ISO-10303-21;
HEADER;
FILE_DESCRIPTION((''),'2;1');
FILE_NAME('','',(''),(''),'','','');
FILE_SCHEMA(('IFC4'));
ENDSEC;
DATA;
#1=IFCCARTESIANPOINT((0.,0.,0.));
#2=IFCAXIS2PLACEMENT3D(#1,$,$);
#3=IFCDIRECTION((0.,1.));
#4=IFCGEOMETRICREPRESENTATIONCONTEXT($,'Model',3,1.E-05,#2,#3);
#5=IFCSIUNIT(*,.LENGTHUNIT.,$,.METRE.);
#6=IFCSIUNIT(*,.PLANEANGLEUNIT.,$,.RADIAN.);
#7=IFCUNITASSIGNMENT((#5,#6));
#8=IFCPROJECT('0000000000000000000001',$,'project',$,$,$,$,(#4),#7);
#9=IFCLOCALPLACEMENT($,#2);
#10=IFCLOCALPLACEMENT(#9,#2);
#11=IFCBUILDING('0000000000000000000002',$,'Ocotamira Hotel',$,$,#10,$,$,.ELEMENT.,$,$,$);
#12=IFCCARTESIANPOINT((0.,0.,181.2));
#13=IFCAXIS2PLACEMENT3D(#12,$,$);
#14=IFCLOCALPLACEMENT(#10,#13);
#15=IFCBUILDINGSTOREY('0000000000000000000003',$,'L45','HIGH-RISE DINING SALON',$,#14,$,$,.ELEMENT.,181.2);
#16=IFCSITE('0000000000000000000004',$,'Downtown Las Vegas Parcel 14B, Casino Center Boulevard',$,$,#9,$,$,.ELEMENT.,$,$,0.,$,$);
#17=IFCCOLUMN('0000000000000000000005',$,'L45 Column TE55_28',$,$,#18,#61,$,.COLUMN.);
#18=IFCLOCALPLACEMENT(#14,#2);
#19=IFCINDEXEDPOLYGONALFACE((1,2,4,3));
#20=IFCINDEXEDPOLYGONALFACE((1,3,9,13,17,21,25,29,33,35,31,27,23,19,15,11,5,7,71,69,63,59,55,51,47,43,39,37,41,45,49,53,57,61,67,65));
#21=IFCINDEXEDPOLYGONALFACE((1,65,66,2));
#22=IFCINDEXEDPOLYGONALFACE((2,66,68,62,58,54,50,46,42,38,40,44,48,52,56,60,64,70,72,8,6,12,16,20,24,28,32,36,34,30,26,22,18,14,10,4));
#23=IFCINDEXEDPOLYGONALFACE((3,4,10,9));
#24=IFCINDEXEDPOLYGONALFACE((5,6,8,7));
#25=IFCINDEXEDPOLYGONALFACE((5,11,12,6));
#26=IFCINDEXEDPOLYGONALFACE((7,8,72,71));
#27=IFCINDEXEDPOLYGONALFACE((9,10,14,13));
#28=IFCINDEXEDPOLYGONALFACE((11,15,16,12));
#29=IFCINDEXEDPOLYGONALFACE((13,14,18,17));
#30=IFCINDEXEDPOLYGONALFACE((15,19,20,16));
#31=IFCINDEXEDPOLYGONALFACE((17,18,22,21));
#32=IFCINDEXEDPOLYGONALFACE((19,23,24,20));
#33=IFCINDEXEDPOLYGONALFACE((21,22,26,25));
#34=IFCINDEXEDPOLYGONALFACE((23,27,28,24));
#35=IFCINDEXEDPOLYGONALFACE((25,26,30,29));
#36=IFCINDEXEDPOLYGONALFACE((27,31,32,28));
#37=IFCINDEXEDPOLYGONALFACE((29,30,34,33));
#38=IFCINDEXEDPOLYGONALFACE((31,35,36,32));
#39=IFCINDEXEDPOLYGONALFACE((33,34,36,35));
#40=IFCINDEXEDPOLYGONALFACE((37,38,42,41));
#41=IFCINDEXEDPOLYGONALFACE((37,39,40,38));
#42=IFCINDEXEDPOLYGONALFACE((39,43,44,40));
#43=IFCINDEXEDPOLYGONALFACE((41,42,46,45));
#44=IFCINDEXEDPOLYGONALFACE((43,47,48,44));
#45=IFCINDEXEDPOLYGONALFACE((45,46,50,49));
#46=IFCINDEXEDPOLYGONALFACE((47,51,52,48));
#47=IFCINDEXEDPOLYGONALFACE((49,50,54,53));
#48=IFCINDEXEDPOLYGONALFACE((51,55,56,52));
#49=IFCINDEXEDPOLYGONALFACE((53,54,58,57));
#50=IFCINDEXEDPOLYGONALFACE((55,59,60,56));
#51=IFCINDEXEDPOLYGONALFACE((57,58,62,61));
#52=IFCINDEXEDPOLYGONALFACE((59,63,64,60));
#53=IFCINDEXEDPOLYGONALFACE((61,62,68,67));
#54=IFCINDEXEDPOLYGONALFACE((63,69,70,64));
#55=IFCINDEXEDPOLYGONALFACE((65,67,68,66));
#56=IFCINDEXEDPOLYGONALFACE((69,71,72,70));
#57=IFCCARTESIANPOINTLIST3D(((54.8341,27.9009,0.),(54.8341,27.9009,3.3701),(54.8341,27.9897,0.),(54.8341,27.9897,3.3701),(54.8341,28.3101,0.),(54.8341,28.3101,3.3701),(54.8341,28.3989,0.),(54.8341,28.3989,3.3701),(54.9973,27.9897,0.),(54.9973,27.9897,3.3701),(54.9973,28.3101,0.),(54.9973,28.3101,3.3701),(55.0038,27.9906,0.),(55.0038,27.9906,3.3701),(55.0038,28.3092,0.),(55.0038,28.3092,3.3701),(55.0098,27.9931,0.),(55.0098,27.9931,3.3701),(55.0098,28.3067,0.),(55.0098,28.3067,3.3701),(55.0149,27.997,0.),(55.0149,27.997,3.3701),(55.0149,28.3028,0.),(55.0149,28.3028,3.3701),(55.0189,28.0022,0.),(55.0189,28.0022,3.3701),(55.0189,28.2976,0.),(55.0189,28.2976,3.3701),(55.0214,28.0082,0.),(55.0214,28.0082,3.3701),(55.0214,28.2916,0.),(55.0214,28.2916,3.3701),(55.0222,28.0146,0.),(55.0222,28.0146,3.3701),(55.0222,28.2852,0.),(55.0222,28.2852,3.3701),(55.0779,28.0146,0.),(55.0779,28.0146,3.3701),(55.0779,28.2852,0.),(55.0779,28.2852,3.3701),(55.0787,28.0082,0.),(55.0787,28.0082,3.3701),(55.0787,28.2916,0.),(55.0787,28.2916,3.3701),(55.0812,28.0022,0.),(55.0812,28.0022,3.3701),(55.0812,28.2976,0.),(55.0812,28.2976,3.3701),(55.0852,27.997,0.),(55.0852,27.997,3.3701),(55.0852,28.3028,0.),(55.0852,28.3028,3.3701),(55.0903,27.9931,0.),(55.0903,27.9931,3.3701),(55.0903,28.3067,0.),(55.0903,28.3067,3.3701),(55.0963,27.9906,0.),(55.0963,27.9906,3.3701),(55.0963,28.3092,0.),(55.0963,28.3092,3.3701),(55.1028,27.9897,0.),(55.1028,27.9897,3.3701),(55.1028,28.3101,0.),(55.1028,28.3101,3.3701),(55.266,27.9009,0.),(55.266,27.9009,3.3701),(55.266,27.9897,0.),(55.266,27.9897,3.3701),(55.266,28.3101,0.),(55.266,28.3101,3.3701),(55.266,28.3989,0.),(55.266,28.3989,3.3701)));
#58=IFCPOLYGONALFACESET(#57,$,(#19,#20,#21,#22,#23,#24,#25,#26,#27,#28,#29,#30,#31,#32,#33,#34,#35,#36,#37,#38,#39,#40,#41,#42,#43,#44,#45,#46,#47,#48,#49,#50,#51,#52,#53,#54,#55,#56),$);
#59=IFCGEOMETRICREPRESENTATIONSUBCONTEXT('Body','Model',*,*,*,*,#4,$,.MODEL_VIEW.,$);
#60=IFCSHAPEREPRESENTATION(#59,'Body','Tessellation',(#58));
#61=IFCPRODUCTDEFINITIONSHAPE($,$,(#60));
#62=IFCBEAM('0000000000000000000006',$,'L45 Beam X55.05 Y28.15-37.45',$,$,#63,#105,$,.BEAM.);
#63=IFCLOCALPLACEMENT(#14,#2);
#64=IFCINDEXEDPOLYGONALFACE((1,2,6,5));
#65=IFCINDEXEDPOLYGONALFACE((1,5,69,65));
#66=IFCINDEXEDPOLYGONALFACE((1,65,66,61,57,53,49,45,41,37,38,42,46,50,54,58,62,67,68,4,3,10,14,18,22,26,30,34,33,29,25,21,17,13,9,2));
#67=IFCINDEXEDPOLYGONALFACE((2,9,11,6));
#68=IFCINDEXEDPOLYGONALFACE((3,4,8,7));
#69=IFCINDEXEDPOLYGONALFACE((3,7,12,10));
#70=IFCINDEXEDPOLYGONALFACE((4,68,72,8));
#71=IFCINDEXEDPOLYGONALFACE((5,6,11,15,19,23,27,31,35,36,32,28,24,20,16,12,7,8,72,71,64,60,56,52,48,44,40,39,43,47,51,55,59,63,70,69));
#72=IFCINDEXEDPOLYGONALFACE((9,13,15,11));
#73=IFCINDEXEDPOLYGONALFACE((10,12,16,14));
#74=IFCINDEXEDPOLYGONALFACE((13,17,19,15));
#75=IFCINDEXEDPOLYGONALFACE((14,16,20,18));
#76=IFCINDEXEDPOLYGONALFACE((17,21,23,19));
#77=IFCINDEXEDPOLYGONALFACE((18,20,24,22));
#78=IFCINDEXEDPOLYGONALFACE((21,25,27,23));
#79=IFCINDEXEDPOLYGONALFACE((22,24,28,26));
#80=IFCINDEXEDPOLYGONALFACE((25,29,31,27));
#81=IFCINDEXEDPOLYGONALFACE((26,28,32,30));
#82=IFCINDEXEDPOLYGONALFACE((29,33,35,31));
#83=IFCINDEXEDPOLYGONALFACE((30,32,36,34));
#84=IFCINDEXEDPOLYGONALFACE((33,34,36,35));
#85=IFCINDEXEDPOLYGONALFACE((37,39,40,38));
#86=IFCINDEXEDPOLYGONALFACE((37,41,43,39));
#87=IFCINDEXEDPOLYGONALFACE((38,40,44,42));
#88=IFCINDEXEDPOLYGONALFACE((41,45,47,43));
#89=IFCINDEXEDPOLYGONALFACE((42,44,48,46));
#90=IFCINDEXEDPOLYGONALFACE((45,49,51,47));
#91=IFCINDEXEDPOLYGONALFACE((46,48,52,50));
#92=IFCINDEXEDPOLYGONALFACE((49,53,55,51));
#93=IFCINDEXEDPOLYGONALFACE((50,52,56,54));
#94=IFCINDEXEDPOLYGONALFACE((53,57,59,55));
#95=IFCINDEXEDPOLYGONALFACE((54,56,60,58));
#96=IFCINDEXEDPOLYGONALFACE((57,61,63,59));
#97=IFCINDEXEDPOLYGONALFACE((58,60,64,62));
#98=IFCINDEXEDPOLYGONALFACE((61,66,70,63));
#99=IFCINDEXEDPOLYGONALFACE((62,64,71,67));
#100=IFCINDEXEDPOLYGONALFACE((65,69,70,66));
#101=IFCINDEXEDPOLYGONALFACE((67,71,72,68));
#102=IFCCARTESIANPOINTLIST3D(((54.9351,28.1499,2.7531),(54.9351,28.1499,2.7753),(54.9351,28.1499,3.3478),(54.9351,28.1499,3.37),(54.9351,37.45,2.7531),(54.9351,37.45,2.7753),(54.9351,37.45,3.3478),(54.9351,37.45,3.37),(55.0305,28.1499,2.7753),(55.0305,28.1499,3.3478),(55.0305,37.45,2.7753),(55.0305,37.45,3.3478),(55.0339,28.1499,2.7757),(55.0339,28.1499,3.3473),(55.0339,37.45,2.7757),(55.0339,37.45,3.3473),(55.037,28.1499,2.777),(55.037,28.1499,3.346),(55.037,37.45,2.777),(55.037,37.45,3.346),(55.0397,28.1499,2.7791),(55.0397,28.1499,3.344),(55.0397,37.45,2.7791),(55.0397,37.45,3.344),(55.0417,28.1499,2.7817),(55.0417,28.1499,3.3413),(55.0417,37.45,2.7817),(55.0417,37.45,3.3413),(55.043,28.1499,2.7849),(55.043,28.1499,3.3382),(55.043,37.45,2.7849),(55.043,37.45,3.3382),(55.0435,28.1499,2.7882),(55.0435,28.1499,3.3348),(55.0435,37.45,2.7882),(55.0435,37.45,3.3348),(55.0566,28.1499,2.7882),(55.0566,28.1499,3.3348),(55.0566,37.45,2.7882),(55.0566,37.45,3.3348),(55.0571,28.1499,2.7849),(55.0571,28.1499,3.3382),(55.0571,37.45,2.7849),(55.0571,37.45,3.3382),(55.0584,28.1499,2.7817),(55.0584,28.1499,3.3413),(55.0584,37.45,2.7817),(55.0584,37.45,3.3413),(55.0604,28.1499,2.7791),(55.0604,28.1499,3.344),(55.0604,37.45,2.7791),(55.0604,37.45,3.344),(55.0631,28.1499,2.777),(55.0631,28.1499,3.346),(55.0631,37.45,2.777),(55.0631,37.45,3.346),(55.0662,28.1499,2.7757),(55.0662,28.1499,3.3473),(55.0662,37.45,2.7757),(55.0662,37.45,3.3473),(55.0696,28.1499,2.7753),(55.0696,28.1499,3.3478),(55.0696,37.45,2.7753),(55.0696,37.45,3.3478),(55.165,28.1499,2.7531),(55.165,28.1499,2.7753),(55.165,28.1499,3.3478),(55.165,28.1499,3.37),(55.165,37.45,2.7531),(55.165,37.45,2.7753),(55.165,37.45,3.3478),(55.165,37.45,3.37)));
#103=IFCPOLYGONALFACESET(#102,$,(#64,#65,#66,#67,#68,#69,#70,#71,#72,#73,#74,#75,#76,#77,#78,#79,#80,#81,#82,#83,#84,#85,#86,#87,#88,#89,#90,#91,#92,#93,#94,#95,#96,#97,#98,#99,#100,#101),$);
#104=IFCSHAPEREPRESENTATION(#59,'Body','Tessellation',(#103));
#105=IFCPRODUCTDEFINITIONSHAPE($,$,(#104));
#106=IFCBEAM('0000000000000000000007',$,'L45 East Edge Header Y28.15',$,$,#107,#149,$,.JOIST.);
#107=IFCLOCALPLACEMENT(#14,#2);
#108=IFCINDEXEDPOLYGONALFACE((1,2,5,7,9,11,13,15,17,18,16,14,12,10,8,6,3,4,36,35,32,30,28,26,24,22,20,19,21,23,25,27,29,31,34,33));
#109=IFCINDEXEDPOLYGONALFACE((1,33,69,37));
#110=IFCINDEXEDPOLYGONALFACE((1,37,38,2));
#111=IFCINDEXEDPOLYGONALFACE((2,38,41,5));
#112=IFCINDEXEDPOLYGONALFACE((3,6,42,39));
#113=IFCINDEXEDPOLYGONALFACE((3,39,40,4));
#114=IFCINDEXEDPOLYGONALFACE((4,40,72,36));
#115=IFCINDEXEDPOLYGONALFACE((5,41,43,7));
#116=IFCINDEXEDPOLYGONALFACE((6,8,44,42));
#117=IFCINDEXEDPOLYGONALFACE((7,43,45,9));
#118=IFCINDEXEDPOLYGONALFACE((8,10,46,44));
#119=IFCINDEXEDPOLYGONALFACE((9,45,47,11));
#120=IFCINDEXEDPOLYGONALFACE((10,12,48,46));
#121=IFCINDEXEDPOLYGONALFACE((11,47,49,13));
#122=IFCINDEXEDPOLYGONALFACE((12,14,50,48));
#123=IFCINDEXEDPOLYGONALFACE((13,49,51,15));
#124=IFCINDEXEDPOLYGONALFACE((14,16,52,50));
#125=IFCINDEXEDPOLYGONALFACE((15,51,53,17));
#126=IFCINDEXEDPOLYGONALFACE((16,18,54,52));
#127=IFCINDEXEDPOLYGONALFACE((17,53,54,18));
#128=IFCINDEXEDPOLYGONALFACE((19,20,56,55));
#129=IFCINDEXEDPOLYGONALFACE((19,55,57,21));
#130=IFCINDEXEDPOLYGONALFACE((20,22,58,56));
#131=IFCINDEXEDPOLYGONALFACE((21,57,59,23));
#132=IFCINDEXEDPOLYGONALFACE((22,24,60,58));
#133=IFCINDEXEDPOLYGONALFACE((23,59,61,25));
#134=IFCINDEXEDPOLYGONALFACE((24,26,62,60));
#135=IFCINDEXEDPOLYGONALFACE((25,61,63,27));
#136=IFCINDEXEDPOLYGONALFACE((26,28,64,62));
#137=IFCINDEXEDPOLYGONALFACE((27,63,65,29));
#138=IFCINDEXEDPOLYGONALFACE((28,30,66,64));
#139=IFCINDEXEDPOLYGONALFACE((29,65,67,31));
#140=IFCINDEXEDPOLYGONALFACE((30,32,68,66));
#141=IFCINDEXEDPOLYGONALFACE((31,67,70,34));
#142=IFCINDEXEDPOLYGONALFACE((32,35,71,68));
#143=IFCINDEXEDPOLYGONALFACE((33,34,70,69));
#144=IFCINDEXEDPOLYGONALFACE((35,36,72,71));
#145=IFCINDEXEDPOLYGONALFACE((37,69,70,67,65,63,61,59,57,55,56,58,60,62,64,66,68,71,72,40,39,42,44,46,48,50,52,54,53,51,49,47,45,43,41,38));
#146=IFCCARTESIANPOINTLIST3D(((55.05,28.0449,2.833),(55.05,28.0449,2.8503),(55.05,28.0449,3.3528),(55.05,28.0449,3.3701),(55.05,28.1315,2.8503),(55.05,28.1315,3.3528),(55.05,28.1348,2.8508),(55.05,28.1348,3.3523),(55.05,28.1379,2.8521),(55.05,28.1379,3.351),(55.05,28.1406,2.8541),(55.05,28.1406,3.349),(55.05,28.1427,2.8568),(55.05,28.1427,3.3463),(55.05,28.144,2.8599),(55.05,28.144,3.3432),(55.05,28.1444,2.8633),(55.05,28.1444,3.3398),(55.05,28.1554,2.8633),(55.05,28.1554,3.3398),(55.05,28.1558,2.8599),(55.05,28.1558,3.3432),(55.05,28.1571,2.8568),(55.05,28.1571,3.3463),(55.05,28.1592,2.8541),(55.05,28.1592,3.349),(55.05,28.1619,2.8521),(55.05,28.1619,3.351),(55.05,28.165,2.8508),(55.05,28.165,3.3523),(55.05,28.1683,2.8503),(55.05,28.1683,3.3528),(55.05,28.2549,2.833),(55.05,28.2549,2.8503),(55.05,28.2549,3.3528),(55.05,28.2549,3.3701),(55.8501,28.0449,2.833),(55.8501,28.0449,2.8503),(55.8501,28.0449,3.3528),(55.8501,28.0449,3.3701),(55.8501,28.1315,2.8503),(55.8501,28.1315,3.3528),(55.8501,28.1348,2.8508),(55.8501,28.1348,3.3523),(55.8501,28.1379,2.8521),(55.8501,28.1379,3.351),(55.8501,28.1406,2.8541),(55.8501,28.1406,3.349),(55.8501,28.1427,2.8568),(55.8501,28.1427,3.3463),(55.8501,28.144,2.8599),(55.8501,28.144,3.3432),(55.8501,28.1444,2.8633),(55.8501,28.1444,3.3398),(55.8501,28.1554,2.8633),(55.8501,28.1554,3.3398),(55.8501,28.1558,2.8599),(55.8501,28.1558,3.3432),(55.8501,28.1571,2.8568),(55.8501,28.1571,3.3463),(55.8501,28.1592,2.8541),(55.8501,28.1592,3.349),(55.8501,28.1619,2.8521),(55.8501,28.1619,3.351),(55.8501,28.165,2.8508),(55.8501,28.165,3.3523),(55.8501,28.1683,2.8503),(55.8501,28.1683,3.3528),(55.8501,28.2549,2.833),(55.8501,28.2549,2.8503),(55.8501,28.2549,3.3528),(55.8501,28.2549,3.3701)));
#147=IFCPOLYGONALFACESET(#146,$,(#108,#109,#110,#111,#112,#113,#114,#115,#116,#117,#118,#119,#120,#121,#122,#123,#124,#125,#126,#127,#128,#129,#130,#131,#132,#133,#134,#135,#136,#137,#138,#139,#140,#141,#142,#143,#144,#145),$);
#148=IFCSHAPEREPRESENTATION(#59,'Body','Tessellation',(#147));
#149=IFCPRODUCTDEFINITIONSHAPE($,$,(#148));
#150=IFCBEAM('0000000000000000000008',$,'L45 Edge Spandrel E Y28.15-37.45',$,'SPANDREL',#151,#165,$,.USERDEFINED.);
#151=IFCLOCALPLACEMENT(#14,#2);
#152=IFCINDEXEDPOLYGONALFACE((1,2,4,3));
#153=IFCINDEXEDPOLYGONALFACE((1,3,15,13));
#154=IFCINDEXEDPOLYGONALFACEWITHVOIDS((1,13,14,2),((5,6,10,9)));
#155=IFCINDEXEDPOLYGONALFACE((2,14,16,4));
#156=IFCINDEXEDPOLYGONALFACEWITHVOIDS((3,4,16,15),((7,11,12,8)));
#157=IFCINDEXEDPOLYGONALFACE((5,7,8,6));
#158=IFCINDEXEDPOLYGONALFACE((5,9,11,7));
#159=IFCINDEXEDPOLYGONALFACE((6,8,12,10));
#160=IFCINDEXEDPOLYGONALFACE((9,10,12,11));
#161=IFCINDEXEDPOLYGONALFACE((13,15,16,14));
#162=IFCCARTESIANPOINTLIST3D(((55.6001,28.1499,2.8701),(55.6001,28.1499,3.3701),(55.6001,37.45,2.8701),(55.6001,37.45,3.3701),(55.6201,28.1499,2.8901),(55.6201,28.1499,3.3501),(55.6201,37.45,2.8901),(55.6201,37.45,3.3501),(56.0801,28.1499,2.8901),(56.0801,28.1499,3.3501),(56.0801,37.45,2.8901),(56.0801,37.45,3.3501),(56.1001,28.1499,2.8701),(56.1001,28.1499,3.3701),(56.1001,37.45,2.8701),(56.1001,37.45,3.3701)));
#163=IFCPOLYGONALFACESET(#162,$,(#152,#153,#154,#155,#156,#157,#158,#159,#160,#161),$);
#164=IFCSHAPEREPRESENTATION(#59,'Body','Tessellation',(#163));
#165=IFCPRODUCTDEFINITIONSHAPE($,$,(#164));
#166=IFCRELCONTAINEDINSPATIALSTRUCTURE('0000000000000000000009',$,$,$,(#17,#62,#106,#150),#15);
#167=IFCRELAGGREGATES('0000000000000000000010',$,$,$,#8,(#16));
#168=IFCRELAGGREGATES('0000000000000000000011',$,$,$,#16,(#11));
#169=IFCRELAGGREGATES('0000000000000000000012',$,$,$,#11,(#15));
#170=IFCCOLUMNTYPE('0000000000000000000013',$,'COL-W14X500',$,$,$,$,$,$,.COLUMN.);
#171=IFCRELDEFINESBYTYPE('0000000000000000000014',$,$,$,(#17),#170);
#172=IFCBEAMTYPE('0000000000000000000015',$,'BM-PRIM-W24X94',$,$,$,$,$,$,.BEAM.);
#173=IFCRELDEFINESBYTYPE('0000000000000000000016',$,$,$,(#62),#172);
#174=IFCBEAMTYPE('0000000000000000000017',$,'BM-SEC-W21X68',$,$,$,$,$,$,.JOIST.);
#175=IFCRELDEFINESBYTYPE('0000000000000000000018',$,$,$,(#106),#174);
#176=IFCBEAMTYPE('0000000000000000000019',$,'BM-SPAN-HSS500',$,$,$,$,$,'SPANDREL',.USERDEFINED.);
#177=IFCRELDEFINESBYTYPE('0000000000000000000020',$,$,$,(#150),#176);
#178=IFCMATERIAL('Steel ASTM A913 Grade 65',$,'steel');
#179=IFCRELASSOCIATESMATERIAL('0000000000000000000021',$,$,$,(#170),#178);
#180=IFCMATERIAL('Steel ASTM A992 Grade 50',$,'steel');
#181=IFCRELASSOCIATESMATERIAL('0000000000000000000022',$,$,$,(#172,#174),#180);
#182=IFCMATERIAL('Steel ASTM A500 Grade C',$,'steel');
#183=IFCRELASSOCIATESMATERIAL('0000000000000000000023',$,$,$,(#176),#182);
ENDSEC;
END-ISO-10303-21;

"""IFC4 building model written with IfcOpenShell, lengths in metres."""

from ifc_helpers import new_model, si_unit, direction, frame, origin, origin_2d, place, context, subcontext, project, spatial, hollow_rectangle, i_section, extrude, source, transform, mapped, material, material_profile, profile_set, type_object, element, save


model = new_model("IFC4")

# Units and contexts
model_context = context("Model", 3, precision=1e-05, world=origin(), true_north=direction((0.0, 1.0)))
body_context = subcontext(model_context, "Body", "Model", "MODEL_VIEW")
ifc_project = project(units=[si_unit("LENGTHUNIT", "METRE"), si_unit("PLANEANGLEUNIT", "RADIAN")], contexts=[model_context])

# Site, building, storey
site_placement = place(None, origin())
site = spatial("IfcSite", under=ifc_project, at=site_placement, Name="Downtown Las Vegas Parcel 14B, Casino Center Boulevard", CompositionType="ELEMENT", RefElevation=0.0)
building_placement = place(site_placement, origin())
building = spatial("IfcBuilding", under=site, at=building_placement, Name="Ocotamira Hotel", CompositionType="ELEMENT")
storey_placement = place(building_placement, frame((0.0, 0.0, 181.2)))
storey = spatial("IfcBuildingStorey", under=building, at=storey_placement, Name="L45", Description="HIGH-RISE DINING SALON", CompositionType="ELEMENT", Elevation=181.2)

# Column
ifc_material_1 = material(Name="Steel ASTM A913 Grade 65", Category="steel")
ifc_material_profile_1 = material_profile(ifc_material_1, i_section(OverallWidth=0.4319, OverallDepth=0.498, WebThickness=0.0557, FlangeThickness=0.0889, FilletRadius=0.0249, at=origin_2d()), Name="W14X500")
ifc_profile_set_1 = profile_set([ifc_material_profile_1], Name="Steel ASTM A913 Grade 65")
column_type = type_object("IfcColumnType", Name="COL-W14X500", PredefinedType="COLUMN", material=ifc_profile_set_1)
shared_shape_1 = source(origin(), body_context, "Body", "SweptSolid", [
    extrude(i_section(OverallWidth=0.4319, OverallDepth=0.498, WebThickness=0.0557, FlangeThickness=0.0889, FilletRadius=0.0249, at=origin_2d()), origin(), (0.0, 0.0, 1.0), 3.3701),
])
column_placement = place(storey_placement, frame((55.05, 28.1499, 0.0), z_axis=(0.0, 0.0, 1.0), x_axis=(1.0, 0.0, 0.0)))
element("IfcColumn", 1, at=column_placement, inside=storey, type_object=column_type, Name="L45 Column TE55_28", PredefinedType="COLUMN", context=body_context, shape_type="MappedRepresentation", body=[
    mapped(shared_shape_1, transform((0.0, 0.0, 0.0), scale=1.0)),
])

# Beams
ifc_material_2 = material(Name="Steel ASTM A992 Grade 50", Category="steel")
ifc_material_profile_2 = material_profile(ifc_material_2, i_section(OverallWidth=0.23, OverallDepth=0.6169, WebThickness=0.0132, FlangeThickness=0.0222, FilletRadius=0.0129, at=origin_2d()), Name="W24X94")
ifc_profile_set_2 = profile_set([ifc_material_profile_2], Name="Steel ASTM A992 Grade 50")
beam_type_1 = type_object("IfcBeamType", Name="BM-PRIM-W24X94", PredefinedType="BEAM", material=ifc_profile_set_2)
shared_shape_2 = source(origin(), body_context, "Body", "SweptSolid", [
    extrude(i_section(OverallWidth=0.23, OverallDepth=0.6169, WebThickness=0.0132, FlangeThickness=0.0222, FilletRadius=0.0129, at=origin_2d()), origin(), (0.0, 0.0, 1.0), 9.3),
])
beam_1_placement = place(storey_placement, frame((55.05, 28.1499, 3.0615), z_axis=(0.0, 1.0, 0.0), x_axis=(-1.0, 0.0, 0.0)))
element("IfcBeam", 2, at=beam_1_placement, inside=storey, type_object=beam_type_1, Name="L45 Beam X55.05 Y28.15-37.45", PredefinedType="BEAM", context=body_context, shape_type="MappedRepresentation", body=[
    mapped(shared_shape_2, transform((0.0, 0.0, 0.0), scale=1.0)),
])
ifc_material_profile_3 = material_profile(ifc_material_2, i_section(OverallWidth=0.21, OverallDepth=0.5371, WebThickness=0.011, FlangeThickness=0.0173, FilletRadius=0.0129, at=origin_2d()), Name="W21X68")
ifc_profile_set_3 = profile_set([ifc_material_profile_3], Name="Steel ASTM A992 Grade 50")
beam_type_2 = type_object("IfcBeamType", Name="BM-SEC-W21X68", PredefinedType="JOIST", material=ifc_profile_set_3)
shared_shape_3 = source(origin(), body_context, "Body", "SweptSolid", [
    extrude(i_section(OverallWidth=0.21, OverallDepth=0.5371, WebThickness=0.011, FlangeThickness=0.0173, FilletRadius=0.0129, at=origin_2d()), origin(), (0.0, 0.0, 1.0), 0.8),
])
beam_2_placement = place(storey_placement, frame((55.05, 28.1499, 3.1016), z_axis=(1.0, 0.0, 0.0), x_axis=(0.0, 1.0, 0.0)))
element("IfcBeam", 3, at=beam_2_placement, inside=storey, type_object=beam_type_2, Name="L45 East Edge Header Y28.15", PredefinedType="JOIST", context=body_context, shape_type="MappedRepresentation", body=[
    mapped(shared_shape_3, transform((0.0, 0.0, 0.0), scale=1.0)),
])
ifc_material_3 = material(Name="Steel ASTM A500 Grade C", Category="steel")
ifc_material_profile_4 = material_profile(ifc_material_3, hollow_rectangle(XDim=0.5, YDim=0.5, WallThickness=0.02, at=origin_2d()), Name="HSS500X500X20")
ifc_profile_set_4 = profile_set([ifc_material_profile_4], Name="Steel ASTM A500 Grade C")
beam_type_3 = type_object("IfcBeamType", Name="BM-SPAN-HSS500", ElementType="SPANDREL", PredefinedType="USERDEFINED", material=ifc_profile_set_4)
shared_shape_4 = source(origin(), body_context, "Body", "SweptSolid", [
    extrude(hollow_rectangle(XDim=0.5, YDim=0.5, WallThickness=0.02, at=origin_2d()), origin(), (0.0, 0.0, 1.0), 9.3),
])
beam_3_placement = place(storey_placement, frame((55.8501, 28.1499, 3.1201), z_axis=(0.0, 1.0, 0.0), x_axis=(-1.0, 0.0, 0.0)))
element("IfcBeam", 4, at=beam_3_placement, inside=storey, type_object=beam_type_3, Name="L45 Edge Spandrel E Y28.15-37.45", ObjectType="SPANDREL", PredefinedType="USERDEFINED", context=body_context, shape_type="MappedRepresentation", body=[
    mapped(shared_shape_4, transform((0.0, 0.0, 0.0), scale=1.0)),
])

save(model, "model.ifc")
